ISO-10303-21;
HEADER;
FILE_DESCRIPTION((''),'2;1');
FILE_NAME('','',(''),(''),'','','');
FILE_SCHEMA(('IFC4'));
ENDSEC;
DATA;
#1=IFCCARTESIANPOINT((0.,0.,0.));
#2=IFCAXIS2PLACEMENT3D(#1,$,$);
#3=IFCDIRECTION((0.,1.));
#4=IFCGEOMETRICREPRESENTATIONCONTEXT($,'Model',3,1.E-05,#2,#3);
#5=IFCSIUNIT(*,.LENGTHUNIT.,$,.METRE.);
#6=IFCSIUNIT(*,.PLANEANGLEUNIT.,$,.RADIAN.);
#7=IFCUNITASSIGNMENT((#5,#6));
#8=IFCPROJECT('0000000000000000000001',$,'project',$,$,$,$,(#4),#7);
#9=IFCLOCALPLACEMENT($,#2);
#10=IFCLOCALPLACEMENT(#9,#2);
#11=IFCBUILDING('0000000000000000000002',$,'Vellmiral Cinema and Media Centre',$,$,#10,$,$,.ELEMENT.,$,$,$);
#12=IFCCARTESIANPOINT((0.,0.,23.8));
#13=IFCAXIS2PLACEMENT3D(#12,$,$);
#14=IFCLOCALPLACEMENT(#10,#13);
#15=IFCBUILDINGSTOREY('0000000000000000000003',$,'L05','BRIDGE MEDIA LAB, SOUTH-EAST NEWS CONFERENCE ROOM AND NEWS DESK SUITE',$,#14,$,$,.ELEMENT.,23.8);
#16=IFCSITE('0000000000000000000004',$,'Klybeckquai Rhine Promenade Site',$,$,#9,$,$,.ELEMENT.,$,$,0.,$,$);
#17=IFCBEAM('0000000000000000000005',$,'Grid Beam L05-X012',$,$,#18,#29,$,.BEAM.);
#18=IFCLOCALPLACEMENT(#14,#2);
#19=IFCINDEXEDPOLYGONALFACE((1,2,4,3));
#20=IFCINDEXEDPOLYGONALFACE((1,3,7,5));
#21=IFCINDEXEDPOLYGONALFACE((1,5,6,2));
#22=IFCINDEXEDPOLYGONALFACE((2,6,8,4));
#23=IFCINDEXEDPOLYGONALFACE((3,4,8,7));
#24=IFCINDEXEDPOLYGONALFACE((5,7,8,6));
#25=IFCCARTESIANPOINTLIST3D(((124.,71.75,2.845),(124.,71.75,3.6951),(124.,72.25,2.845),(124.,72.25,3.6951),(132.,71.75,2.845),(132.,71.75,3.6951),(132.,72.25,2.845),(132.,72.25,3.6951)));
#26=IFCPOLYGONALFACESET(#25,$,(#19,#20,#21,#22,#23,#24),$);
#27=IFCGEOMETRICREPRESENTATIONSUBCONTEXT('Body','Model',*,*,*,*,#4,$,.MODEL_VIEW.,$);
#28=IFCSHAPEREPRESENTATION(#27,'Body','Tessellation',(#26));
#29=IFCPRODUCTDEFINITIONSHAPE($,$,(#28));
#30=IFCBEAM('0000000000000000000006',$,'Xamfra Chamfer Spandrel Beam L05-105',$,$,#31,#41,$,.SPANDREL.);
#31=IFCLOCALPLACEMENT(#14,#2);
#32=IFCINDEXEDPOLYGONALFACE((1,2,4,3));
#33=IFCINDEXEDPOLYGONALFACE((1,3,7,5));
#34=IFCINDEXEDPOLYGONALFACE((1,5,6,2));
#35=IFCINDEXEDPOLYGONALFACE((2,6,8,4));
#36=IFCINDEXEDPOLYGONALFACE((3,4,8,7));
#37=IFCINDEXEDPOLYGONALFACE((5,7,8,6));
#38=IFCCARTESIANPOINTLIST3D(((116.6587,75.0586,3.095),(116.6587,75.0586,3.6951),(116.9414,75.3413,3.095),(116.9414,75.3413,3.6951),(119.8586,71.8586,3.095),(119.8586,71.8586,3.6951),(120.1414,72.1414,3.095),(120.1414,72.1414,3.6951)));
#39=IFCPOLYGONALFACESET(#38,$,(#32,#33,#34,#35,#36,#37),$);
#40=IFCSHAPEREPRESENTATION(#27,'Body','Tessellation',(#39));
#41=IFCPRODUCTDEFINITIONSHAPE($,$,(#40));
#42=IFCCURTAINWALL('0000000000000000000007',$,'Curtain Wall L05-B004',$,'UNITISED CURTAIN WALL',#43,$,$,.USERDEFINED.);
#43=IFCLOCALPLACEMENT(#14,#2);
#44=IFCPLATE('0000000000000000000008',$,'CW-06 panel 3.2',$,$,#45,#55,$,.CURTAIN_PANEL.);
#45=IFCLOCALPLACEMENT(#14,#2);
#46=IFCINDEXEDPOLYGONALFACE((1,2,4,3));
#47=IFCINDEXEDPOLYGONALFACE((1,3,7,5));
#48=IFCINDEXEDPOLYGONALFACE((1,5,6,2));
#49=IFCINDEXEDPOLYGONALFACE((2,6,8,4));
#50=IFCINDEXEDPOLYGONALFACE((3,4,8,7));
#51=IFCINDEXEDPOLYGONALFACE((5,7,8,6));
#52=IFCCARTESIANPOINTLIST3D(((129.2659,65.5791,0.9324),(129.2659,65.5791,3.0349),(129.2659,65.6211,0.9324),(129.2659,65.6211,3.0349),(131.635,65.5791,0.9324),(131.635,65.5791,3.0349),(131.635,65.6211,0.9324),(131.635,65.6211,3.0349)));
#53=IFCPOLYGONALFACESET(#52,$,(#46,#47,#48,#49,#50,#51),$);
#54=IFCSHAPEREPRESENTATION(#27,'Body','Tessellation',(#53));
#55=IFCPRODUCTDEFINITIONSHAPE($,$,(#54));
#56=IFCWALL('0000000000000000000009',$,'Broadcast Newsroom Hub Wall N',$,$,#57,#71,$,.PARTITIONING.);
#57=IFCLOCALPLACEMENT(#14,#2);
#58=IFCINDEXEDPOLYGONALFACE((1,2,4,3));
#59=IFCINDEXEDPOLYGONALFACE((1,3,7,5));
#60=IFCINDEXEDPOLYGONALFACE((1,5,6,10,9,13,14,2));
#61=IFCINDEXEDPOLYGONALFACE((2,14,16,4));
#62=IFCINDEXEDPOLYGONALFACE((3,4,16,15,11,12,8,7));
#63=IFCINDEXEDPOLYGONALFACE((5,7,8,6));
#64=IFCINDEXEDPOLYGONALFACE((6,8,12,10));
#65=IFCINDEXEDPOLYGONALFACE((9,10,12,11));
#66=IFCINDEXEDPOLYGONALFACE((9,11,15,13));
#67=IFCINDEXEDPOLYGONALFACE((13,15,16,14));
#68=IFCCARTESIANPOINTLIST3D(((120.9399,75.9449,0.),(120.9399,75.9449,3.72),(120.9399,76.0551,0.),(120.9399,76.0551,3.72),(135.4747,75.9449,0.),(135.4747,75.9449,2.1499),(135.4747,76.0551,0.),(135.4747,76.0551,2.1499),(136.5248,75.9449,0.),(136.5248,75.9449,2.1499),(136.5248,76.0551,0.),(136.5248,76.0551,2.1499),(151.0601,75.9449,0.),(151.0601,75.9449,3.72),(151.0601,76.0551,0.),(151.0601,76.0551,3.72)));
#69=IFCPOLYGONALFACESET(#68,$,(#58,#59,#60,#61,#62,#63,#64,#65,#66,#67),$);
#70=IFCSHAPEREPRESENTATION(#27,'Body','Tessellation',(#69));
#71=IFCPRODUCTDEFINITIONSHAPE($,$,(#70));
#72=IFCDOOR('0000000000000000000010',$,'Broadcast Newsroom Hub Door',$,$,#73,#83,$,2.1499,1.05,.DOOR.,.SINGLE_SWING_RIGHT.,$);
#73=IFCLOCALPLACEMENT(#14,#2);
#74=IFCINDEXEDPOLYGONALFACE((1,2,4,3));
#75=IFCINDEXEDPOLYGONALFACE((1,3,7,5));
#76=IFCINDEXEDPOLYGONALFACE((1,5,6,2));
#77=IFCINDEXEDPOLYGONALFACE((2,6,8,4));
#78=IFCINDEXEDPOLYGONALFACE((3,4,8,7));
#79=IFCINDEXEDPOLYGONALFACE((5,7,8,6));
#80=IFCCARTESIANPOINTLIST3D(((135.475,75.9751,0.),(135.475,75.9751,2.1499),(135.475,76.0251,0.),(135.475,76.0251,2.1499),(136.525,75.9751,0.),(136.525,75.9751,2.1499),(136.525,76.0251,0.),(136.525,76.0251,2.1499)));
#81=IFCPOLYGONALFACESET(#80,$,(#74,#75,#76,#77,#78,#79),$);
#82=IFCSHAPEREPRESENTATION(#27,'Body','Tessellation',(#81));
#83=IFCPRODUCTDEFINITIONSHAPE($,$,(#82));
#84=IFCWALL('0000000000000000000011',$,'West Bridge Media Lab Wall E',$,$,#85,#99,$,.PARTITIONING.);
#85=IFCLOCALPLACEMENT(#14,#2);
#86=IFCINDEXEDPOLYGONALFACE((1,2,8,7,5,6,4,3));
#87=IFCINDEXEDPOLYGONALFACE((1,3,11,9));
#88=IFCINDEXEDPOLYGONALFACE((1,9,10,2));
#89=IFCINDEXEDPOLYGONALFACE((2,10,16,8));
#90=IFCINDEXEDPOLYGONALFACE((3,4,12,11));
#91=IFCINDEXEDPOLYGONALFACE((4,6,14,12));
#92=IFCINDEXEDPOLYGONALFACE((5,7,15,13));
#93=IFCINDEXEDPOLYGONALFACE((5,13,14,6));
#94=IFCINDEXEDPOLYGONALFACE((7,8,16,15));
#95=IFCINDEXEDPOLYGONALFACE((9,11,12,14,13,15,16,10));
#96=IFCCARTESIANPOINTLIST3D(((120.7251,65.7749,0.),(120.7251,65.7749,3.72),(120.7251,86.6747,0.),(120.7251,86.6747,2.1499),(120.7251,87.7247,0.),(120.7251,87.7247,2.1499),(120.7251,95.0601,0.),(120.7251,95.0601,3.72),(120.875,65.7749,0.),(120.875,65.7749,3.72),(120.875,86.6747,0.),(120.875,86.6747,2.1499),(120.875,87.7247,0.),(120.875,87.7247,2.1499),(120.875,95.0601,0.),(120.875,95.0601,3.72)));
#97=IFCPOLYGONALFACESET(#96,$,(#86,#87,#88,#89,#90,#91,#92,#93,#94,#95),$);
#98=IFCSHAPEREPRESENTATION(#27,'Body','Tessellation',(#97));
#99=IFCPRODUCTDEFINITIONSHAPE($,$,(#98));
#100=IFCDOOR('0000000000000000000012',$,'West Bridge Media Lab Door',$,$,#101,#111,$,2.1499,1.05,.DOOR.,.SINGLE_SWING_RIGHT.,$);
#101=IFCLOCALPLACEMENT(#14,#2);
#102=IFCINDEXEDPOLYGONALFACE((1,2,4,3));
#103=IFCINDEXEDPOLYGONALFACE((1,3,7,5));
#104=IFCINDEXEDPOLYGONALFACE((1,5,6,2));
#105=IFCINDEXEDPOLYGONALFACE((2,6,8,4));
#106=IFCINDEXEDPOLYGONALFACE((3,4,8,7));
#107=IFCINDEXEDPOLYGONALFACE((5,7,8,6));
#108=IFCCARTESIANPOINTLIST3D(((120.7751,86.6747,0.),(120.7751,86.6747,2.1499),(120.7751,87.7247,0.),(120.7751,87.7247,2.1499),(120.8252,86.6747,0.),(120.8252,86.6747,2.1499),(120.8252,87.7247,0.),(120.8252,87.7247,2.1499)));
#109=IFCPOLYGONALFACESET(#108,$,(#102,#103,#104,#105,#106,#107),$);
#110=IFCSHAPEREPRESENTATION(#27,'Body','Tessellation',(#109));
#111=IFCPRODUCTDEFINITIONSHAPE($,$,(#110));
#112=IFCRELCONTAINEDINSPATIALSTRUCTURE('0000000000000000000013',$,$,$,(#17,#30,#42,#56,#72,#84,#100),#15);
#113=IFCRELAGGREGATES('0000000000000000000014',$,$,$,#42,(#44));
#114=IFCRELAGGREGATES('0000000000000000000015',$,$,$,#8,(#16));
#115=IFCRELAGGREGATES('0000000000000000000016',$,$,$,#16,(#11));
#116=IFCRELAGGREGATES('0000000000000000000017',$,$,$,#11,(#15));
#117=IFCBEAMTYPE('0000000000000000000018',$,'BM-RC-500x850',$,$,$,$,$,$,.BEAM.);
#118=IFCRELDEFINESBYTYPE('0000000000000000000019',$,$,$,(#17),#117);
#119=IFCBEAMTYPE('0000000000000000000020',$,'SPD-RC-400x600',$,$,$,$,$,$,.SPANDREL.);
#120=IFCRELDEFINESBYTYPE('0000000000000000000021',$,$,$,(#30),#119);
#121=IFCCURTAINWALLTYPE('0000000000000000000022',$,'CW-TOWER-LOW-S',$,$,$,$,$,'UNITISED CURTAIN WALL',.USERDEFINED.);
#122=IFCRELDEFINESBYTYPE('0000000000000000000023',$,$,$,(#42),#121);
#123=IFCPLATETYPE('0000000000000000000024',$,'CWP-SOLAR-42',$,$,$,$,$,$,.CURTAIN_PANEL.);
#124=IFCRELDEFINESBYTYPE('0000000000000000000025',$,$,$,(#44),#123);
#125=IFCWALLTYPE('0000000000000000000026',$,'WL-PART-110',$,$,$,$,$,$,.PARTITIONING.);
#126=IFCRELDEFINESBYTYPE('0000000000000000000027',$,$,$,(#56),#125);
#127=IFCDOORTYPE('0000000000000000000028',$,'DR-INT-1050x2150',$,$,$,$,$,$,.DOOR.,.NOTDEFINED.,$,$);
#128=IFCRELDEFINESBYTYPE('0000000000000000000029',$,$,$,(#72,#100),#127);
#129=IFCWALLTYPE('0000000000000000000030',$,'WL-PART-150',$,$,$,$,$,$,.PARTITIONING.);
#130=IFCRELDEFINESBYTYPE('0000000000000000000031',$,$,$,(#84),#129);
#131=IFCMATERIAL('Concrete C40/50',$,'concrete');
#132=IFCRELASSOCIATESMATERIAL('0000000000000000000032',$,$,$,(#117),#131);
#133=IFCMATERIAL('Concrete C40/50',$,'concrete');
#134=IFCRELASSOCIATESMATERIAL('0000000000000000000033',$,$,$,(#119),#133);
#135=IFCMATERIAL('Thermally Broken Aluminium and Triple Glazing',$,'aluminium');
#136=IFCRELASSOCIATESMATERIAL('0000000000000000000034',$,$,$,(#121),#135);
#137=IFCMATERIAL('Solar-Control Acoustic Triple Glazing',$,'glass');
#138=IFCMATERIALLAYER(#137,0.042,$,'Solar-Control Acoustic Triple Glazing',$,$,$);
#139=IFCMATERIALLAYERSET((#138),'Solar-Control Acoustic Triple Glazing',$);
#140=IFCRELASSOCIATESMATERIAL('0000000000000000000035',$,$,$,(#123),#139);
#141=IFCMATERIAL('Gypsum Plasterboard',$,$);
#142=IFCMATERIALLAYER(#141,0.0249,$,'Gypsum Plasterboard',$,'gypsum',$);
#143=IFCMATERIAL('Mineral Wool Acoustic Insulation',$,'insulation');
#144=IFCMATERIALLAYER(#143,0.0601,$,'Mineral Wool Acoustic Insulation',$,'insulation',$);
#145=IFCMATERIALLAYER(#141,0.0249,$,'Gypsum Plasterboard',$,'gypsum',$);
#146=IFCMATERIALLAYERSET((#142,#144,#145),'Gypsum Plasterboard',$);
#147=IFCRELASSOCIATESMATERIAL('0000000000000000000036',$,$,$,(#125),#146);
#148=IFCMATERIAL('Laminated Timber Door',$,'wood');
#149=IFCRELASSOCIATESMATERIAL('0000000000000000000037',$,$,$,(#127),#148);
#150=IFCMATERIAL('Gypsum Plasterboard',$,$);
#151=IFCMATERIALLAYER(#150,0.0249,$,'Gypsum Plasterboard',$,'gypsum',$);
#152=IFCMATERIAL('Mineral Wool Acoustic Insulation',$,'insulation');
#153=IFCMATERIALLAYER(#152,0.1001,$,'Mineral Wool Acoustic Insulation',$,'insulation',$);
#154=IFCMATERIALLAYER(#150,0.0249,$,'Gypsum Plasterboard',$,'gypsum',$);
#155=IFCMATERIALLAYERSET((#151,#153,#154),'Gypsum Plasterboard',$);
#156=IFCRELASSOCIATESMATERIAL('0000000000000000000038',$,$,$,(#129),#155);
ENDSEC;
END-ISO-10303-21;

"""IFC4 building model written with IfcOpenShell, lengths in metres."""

from ifc_helpers import new_model, si_unit, direction, frame, frame_2d, origin, origin_2d, place, context, subcontext, project, spatial, rectangle, extrude, material, layer, layer_set, material_profile, profile_set, type_object, element, fill, aggregate, save


model = new_model("IFC4")

# Units and contexts
model_context = context("Model", 3, precision=1e-05, world=origin(), true_north=direction((0.0, 1.0)))
body_context = subcontext(model_context, "Body", "Model", "MODEL_VIEW")
ifc_project = project(units=[si_unit("LENGTHUNIT", "METRE"), si_unit("PLANEANGLEUNIT", "RADIAN")], contexts=[model_context])

# Site, building, storey
site_placement = place(None, origin())
site = spatial("IfcSite", under=ifc_project, at=site_placement, Name="Klybeckquai Rhine Promenade Site", CompositionType="ELEMENT", RefElevation=0.0)
building_placement = place(site_placement, origin())
building = spatial("IfcBuilding", under=site, at=building_placement, Name="Vellmiral Cinema and Media Centre", CompositionType="ELEMENT")
storey_placement = place(building_placement, frame((0.0, 0.0, 23.8)))
storey = spatial("IfcBuildingStorey", under=building, at=storey_placement, Name="L05", Description="BRIDGE MEDIA LAB, SOUTH-EAST NEWS CONFERENCE ROOM AND NEWS DESK SUITE", CompositionType="ELEMENT", Elevation=23.8)

# Beams
ifc_material_1 = material(Name="Concrete C40/50", Category="concrete")
ifc_material_profile_1 = material_profile(ifc_material_1, rectangle(XDim=0.5, YDim=0.8501, at=origin_2d()), Name="RC 500x850")
ifc_profile_set_1 = profile_set([ifc_material_profile_1], Name="Concrete C40/50")
beam_type_1 = type_object("IfcBeamType", Name="BM-RC-500x850", PredefinedType="BEAM", material=ifc_profile_set_1)
beam_1_placement = place(storey_placement, frame((124.0, 72.0, 3.27), z_axis=(1.0, 0.0, 0.0), x_axis=(0.0, 1.0, 0.0)))
element("IfcBeam", 1, at=beam_1_placement, inside=storey, type_object=beam_type_1, Name="Grid Beam L05-X012", PredefinedType="BEAM", context=body_context, shape_type="SweptSolid", body=[
    extrude(rectangle(XDim=0.5, YDim=0.8501, at=origin_2d()), origin(), (0.0, 0.0, 1.0), 8.0),
])
ifc_material_2 = material(Name="Concrete C40/50", Category="concrete")
ifc_material_profile_2 = material_profile(ifc_material_2, rectangle(XDim=0.3999, YDim=0.6001, at=origin_2d()), Name="RC 400x600")
ifc_profile_set_2 = profile_set([ifc_material_profile_2], Name="Concrete C40/50")
beam_type_2 = type_object("IfcBeamType", Name="SPD-RC-400x600", PredefinedType="SPANDREL", material=ifc_profile_set_2)
beam_2_placement = place(storey_placement, frame((116.8, 75.2, 3.395), z_axis=(0.707107, -0.707107, 0.0), x_axis=(0.707107, 0.707107, 0.0)))
element("IfcBeam", 2, at=beam_2_placement, inside=storey, type_object=beam_type_2, Name="Xamfra Chamfer Spandrel Beam L05-105", PredefinedType="SPANDREL", context=body_context, shape_type="SweptSolid", body=[
    extrude(rectangle(XDim=0.3999, YDim=0.6001, at=origin_2d()), origin(), (0.0, 0.0, 1.0), 4.5254),
])

# Curtain wall, plate
ifc_material_3 = material(Name="Thermally Broken Aluminium and Triple Glazing", Category="aluminium")
curtain_wall_type = type_object("IfcCurtainWallType", Name="CW-TOWER-LOW-S", ElementType="UNITISED CURTAIN WALL", PredefinedType="USERDEFINED", material=ifc_material_3)
curtain_wall_placement = place(storey_placement, origin())
curtain_wall = element("IfcCurtainWall", 3, at=curtain_wall_placement, inside=storey, type_object=curtain_wall_type, Name="Curtain Wall L05-B004", ObjectType="UNITISED CURTAIN WALL", PredefinedType="USERDEFINED")
ifc_material_4 = material(Name="Solar-Control Acoustic Triple Glazing", Category="glass")
ifc_layer_1 = layer(ifc_material_4, 0.042, Name="Solar-Control Acoustic Triple Glazing")
ifc_layer_set_1 = layer_set([ifc_layer_1], Name="Solar-Control Acoustic Triple Glazing")
plate_type = type_object("IfcPlateType", Name="CWP-SOLAR-42", PredefinedType="CURTAIN_PANEL", material=ifc_layer_set_1)
plate_placement = place(storey_placement, frame((130.4504, 65.6001, 0.9324), z_axis=(0.0, 0.0, 1.0), x_axis=(1.0, 0.0, 0.0)))
plate = element("IfcPlate", 4, at=plate_placement, type_object=plate_type, Name="CW-06 panel 3.2", PredefinedType="CURTAIN_PANEL", context=body_context, shape_type="SweptSolid", body=[
    extrude(rectangle(XDim=2.3691, YDim=0.042, at=origin_2d()), origin(), (0.0, 0.0, 1.0), 2.1025),
])
aggregate(curtain_wall, [plate])

# Walls, openings, doors
ifc_material_5 = material(Name="Gypsum Plasterboard")
ifc_layer_2 = layer(ifc_material_5, 0.0249, Name="Gypsum Plasterboard", Category="gypsum")
ifc_material_6 = material(Name="Mineral Wool Acoustic Insulation", Category="insulation")
ifc_layer_3 = layer(ifc_material_6, 0.0601, Name="Mineral Wool Acoustic Insulation", Category="insulation")
ifc_layer_4 = layer(ifc_material_5, 0.0249, Name="Gypsum Plasterboard", Category="gypsum")
ifc_layer_set_2 = layer_set([ifc_layer_2, ifc_layer_3, ifc_layer_4], Name="Gypsum Plasterboard")
wall_type_1 = type_object("IfcWallType", Name="WL-PART-110", PredefinedType="PARTITIONING", material=ifc_layer_set_2)
wall_1_placement = place(storey_placement, frame((120.9399, 76.0, 0.0), z_axis=(0.0, 0.0, 1.0), x_axis=(1.0, 0.0, 0.0)))
wall_1 = element("IfcWall", 5, at=wall_1_placement, inside=storey, type_object=wall_type_1, Name="Broadcast Newsroom Hub Wall N", PredefinedType="PARTITIONING", context=body_context, shape_type="SweptSolid", body=[
    extrude(rectangle(XDim=30.1201, YDim=0.1101, at=frame_2d((15.0601, 0.0))), origin(), (0.0, 0.0, 1.0), 3.72),
])
opening_1_placement = place(wall_1_placement, frame((14.5349, 0.0, 0.0)))
opening_1 = element("IfcOpeningElement", 6, at=opening_1_placement, cuts=wall_1, PredefinedType="OPENING", context=body_context, shape_type="SweptSolid", body=[
    extrude(rectangle(XDim=1.05, YDim=2.1499, at=frame_2d((0.5249, 1.075))), frame((0.0, 0.0669, 0.0), z_axis=(0.0, -1.0, 0.0), x_axis=(1.0, 0.0, 0.0)), (0.0, 0.0, 1.0), 0.134),
])
ifc_material_7 = material(Name="Laminated Timber Door", Category="wood")
door_type = type_object("IfcDoorType", Name="DR-INT-1050x2150", OperationType="NOTDEFINED", PredefinedType="DOOR", material=ifc_material_7)
door_1_placement = place(opening_1_placement, frame((1.05, 0.0, 0.0), z_axis=(0.0, 0.0, 1.0), x_axis=(-1.0, 0.0, 0.0)))
door_1 = element("IfcDoor", 7, at=door_1_placement, inside=storey, type_object=door_type, Name="Broadcast Newsroom Hub Door", OperationType="SINGLE_SWING_RIGHT", OverallHeight=2.1499, OverallWidth=1.05, PredefinedType="DOOR", context=body_context, shape_type="SweptSolid", body=[
    extrude(rectangle(XDim=1.05, YDim=2.1499, at=frame_2d((0.5249, 1.075))), frame((0.0, 0.0249, 0.0), z_axis=(0.0, -1.0, 0.0), x_axis=(1.0, 0.0, 0.0)), (0.0, 0.0, 1.0), 0.05),
])
fill(opening_1, door_1)
ifc_material_8 = material(Name="Gypsum Plasterboard")
ifc_layer_5 = layer(ifc_material_8, 0.0249, Name="Gypsum Plasterboard", Category="gypsum")
ifc_material_9 = material(Name="Mineral Wool Acoustic Insulation", Category="insulation")
ifc_layer_6 = layer(ifc_material_9, 0.1001, Name="Mineral Wool Acoustic Insulation", Category="insulation")
ifc_layer_7 = layer(ifc_material_8, 0.0249, Name="Gypsum Plasterboard", Category="gypsum")
ifc_layer_set_3 = layer_set([ifc_layer_5, ifc_layer_6, ifc_layer_7], Name="Gypsum Plasterboard")
wall_type_2 = type_object("IfcWallType", Name="WL-PART-150", PredefinedType="PARTITIONING", material=ifc_layer_set_3)
wall_2_placement = place(storey_placement, frame((120.8, 65.7749, 0.0), z_axis=(0.0, 0.0, 1.0), x_axis=(0.0, 1.0, 0.0)))
wall_2 = element("IfcWall", 8, at=wall_2_placement, inside=storey, type_object=wall_type_2, Name="West Bridge Media Lab Wall E", PredefinedType="PARTITIONING", context=body_context, shape_type="SweptSolid", body=[
    extrude(rectangle(XDim=29.2852, YDim=0.1499, at=frame_2d((14.6426, 0.0))), origin(), (0.0, 0.0, 1.0), 3.72),
])
opening_2_placement = place(wall_2_placement, frame((20.8999, 0.0, 0.0)))
opening_2 = element("IfcOpeningElement", 9, at=opening_2_placement, cuts=wall_2, PredefinedType="OPENING", context=body_context, shape_type="SweptSolid", body=[
    extrude(rectangle(XDim=1.05, YDim=2.1499, at=frame_2d((0.5249, 1.075))), frame((0.0, 0.0869, 0.0), z_axis=(0.0, -1.0, 0.0), x_axis=(1.0, 0.0, 0.0)), (0.0, 0.0, 1.0), 0.1738),
])
door_2_placement = place(opening_2_placement, origin())
door_2 = element("IfcDoor", 10, at=door_2_placement, inside=storey, type_object=door_type, Name="West Bridge Media Lab Door", OperationType="SINGLE_SWING_RIGHT", OverallHeight=2.1499, OverallWidth=1.05, PredefinedType="DOOR", context=body_context, shape_type="SweptSolid", body=[
    extrude(rectangle(XDim=1.05, YDim=2.1499, at=frame_2d((0.5249, 1.075))), frame((0.0, 0.0249, 0.0), z_axis=(0.0, -1.0, 0.0), x_axis=(1.0, 0.0, 0.0)), (0.0, 0.0, 1.0), 0.05),
])
fill(opening_2, door_2)

save(model, "model.ifc")
